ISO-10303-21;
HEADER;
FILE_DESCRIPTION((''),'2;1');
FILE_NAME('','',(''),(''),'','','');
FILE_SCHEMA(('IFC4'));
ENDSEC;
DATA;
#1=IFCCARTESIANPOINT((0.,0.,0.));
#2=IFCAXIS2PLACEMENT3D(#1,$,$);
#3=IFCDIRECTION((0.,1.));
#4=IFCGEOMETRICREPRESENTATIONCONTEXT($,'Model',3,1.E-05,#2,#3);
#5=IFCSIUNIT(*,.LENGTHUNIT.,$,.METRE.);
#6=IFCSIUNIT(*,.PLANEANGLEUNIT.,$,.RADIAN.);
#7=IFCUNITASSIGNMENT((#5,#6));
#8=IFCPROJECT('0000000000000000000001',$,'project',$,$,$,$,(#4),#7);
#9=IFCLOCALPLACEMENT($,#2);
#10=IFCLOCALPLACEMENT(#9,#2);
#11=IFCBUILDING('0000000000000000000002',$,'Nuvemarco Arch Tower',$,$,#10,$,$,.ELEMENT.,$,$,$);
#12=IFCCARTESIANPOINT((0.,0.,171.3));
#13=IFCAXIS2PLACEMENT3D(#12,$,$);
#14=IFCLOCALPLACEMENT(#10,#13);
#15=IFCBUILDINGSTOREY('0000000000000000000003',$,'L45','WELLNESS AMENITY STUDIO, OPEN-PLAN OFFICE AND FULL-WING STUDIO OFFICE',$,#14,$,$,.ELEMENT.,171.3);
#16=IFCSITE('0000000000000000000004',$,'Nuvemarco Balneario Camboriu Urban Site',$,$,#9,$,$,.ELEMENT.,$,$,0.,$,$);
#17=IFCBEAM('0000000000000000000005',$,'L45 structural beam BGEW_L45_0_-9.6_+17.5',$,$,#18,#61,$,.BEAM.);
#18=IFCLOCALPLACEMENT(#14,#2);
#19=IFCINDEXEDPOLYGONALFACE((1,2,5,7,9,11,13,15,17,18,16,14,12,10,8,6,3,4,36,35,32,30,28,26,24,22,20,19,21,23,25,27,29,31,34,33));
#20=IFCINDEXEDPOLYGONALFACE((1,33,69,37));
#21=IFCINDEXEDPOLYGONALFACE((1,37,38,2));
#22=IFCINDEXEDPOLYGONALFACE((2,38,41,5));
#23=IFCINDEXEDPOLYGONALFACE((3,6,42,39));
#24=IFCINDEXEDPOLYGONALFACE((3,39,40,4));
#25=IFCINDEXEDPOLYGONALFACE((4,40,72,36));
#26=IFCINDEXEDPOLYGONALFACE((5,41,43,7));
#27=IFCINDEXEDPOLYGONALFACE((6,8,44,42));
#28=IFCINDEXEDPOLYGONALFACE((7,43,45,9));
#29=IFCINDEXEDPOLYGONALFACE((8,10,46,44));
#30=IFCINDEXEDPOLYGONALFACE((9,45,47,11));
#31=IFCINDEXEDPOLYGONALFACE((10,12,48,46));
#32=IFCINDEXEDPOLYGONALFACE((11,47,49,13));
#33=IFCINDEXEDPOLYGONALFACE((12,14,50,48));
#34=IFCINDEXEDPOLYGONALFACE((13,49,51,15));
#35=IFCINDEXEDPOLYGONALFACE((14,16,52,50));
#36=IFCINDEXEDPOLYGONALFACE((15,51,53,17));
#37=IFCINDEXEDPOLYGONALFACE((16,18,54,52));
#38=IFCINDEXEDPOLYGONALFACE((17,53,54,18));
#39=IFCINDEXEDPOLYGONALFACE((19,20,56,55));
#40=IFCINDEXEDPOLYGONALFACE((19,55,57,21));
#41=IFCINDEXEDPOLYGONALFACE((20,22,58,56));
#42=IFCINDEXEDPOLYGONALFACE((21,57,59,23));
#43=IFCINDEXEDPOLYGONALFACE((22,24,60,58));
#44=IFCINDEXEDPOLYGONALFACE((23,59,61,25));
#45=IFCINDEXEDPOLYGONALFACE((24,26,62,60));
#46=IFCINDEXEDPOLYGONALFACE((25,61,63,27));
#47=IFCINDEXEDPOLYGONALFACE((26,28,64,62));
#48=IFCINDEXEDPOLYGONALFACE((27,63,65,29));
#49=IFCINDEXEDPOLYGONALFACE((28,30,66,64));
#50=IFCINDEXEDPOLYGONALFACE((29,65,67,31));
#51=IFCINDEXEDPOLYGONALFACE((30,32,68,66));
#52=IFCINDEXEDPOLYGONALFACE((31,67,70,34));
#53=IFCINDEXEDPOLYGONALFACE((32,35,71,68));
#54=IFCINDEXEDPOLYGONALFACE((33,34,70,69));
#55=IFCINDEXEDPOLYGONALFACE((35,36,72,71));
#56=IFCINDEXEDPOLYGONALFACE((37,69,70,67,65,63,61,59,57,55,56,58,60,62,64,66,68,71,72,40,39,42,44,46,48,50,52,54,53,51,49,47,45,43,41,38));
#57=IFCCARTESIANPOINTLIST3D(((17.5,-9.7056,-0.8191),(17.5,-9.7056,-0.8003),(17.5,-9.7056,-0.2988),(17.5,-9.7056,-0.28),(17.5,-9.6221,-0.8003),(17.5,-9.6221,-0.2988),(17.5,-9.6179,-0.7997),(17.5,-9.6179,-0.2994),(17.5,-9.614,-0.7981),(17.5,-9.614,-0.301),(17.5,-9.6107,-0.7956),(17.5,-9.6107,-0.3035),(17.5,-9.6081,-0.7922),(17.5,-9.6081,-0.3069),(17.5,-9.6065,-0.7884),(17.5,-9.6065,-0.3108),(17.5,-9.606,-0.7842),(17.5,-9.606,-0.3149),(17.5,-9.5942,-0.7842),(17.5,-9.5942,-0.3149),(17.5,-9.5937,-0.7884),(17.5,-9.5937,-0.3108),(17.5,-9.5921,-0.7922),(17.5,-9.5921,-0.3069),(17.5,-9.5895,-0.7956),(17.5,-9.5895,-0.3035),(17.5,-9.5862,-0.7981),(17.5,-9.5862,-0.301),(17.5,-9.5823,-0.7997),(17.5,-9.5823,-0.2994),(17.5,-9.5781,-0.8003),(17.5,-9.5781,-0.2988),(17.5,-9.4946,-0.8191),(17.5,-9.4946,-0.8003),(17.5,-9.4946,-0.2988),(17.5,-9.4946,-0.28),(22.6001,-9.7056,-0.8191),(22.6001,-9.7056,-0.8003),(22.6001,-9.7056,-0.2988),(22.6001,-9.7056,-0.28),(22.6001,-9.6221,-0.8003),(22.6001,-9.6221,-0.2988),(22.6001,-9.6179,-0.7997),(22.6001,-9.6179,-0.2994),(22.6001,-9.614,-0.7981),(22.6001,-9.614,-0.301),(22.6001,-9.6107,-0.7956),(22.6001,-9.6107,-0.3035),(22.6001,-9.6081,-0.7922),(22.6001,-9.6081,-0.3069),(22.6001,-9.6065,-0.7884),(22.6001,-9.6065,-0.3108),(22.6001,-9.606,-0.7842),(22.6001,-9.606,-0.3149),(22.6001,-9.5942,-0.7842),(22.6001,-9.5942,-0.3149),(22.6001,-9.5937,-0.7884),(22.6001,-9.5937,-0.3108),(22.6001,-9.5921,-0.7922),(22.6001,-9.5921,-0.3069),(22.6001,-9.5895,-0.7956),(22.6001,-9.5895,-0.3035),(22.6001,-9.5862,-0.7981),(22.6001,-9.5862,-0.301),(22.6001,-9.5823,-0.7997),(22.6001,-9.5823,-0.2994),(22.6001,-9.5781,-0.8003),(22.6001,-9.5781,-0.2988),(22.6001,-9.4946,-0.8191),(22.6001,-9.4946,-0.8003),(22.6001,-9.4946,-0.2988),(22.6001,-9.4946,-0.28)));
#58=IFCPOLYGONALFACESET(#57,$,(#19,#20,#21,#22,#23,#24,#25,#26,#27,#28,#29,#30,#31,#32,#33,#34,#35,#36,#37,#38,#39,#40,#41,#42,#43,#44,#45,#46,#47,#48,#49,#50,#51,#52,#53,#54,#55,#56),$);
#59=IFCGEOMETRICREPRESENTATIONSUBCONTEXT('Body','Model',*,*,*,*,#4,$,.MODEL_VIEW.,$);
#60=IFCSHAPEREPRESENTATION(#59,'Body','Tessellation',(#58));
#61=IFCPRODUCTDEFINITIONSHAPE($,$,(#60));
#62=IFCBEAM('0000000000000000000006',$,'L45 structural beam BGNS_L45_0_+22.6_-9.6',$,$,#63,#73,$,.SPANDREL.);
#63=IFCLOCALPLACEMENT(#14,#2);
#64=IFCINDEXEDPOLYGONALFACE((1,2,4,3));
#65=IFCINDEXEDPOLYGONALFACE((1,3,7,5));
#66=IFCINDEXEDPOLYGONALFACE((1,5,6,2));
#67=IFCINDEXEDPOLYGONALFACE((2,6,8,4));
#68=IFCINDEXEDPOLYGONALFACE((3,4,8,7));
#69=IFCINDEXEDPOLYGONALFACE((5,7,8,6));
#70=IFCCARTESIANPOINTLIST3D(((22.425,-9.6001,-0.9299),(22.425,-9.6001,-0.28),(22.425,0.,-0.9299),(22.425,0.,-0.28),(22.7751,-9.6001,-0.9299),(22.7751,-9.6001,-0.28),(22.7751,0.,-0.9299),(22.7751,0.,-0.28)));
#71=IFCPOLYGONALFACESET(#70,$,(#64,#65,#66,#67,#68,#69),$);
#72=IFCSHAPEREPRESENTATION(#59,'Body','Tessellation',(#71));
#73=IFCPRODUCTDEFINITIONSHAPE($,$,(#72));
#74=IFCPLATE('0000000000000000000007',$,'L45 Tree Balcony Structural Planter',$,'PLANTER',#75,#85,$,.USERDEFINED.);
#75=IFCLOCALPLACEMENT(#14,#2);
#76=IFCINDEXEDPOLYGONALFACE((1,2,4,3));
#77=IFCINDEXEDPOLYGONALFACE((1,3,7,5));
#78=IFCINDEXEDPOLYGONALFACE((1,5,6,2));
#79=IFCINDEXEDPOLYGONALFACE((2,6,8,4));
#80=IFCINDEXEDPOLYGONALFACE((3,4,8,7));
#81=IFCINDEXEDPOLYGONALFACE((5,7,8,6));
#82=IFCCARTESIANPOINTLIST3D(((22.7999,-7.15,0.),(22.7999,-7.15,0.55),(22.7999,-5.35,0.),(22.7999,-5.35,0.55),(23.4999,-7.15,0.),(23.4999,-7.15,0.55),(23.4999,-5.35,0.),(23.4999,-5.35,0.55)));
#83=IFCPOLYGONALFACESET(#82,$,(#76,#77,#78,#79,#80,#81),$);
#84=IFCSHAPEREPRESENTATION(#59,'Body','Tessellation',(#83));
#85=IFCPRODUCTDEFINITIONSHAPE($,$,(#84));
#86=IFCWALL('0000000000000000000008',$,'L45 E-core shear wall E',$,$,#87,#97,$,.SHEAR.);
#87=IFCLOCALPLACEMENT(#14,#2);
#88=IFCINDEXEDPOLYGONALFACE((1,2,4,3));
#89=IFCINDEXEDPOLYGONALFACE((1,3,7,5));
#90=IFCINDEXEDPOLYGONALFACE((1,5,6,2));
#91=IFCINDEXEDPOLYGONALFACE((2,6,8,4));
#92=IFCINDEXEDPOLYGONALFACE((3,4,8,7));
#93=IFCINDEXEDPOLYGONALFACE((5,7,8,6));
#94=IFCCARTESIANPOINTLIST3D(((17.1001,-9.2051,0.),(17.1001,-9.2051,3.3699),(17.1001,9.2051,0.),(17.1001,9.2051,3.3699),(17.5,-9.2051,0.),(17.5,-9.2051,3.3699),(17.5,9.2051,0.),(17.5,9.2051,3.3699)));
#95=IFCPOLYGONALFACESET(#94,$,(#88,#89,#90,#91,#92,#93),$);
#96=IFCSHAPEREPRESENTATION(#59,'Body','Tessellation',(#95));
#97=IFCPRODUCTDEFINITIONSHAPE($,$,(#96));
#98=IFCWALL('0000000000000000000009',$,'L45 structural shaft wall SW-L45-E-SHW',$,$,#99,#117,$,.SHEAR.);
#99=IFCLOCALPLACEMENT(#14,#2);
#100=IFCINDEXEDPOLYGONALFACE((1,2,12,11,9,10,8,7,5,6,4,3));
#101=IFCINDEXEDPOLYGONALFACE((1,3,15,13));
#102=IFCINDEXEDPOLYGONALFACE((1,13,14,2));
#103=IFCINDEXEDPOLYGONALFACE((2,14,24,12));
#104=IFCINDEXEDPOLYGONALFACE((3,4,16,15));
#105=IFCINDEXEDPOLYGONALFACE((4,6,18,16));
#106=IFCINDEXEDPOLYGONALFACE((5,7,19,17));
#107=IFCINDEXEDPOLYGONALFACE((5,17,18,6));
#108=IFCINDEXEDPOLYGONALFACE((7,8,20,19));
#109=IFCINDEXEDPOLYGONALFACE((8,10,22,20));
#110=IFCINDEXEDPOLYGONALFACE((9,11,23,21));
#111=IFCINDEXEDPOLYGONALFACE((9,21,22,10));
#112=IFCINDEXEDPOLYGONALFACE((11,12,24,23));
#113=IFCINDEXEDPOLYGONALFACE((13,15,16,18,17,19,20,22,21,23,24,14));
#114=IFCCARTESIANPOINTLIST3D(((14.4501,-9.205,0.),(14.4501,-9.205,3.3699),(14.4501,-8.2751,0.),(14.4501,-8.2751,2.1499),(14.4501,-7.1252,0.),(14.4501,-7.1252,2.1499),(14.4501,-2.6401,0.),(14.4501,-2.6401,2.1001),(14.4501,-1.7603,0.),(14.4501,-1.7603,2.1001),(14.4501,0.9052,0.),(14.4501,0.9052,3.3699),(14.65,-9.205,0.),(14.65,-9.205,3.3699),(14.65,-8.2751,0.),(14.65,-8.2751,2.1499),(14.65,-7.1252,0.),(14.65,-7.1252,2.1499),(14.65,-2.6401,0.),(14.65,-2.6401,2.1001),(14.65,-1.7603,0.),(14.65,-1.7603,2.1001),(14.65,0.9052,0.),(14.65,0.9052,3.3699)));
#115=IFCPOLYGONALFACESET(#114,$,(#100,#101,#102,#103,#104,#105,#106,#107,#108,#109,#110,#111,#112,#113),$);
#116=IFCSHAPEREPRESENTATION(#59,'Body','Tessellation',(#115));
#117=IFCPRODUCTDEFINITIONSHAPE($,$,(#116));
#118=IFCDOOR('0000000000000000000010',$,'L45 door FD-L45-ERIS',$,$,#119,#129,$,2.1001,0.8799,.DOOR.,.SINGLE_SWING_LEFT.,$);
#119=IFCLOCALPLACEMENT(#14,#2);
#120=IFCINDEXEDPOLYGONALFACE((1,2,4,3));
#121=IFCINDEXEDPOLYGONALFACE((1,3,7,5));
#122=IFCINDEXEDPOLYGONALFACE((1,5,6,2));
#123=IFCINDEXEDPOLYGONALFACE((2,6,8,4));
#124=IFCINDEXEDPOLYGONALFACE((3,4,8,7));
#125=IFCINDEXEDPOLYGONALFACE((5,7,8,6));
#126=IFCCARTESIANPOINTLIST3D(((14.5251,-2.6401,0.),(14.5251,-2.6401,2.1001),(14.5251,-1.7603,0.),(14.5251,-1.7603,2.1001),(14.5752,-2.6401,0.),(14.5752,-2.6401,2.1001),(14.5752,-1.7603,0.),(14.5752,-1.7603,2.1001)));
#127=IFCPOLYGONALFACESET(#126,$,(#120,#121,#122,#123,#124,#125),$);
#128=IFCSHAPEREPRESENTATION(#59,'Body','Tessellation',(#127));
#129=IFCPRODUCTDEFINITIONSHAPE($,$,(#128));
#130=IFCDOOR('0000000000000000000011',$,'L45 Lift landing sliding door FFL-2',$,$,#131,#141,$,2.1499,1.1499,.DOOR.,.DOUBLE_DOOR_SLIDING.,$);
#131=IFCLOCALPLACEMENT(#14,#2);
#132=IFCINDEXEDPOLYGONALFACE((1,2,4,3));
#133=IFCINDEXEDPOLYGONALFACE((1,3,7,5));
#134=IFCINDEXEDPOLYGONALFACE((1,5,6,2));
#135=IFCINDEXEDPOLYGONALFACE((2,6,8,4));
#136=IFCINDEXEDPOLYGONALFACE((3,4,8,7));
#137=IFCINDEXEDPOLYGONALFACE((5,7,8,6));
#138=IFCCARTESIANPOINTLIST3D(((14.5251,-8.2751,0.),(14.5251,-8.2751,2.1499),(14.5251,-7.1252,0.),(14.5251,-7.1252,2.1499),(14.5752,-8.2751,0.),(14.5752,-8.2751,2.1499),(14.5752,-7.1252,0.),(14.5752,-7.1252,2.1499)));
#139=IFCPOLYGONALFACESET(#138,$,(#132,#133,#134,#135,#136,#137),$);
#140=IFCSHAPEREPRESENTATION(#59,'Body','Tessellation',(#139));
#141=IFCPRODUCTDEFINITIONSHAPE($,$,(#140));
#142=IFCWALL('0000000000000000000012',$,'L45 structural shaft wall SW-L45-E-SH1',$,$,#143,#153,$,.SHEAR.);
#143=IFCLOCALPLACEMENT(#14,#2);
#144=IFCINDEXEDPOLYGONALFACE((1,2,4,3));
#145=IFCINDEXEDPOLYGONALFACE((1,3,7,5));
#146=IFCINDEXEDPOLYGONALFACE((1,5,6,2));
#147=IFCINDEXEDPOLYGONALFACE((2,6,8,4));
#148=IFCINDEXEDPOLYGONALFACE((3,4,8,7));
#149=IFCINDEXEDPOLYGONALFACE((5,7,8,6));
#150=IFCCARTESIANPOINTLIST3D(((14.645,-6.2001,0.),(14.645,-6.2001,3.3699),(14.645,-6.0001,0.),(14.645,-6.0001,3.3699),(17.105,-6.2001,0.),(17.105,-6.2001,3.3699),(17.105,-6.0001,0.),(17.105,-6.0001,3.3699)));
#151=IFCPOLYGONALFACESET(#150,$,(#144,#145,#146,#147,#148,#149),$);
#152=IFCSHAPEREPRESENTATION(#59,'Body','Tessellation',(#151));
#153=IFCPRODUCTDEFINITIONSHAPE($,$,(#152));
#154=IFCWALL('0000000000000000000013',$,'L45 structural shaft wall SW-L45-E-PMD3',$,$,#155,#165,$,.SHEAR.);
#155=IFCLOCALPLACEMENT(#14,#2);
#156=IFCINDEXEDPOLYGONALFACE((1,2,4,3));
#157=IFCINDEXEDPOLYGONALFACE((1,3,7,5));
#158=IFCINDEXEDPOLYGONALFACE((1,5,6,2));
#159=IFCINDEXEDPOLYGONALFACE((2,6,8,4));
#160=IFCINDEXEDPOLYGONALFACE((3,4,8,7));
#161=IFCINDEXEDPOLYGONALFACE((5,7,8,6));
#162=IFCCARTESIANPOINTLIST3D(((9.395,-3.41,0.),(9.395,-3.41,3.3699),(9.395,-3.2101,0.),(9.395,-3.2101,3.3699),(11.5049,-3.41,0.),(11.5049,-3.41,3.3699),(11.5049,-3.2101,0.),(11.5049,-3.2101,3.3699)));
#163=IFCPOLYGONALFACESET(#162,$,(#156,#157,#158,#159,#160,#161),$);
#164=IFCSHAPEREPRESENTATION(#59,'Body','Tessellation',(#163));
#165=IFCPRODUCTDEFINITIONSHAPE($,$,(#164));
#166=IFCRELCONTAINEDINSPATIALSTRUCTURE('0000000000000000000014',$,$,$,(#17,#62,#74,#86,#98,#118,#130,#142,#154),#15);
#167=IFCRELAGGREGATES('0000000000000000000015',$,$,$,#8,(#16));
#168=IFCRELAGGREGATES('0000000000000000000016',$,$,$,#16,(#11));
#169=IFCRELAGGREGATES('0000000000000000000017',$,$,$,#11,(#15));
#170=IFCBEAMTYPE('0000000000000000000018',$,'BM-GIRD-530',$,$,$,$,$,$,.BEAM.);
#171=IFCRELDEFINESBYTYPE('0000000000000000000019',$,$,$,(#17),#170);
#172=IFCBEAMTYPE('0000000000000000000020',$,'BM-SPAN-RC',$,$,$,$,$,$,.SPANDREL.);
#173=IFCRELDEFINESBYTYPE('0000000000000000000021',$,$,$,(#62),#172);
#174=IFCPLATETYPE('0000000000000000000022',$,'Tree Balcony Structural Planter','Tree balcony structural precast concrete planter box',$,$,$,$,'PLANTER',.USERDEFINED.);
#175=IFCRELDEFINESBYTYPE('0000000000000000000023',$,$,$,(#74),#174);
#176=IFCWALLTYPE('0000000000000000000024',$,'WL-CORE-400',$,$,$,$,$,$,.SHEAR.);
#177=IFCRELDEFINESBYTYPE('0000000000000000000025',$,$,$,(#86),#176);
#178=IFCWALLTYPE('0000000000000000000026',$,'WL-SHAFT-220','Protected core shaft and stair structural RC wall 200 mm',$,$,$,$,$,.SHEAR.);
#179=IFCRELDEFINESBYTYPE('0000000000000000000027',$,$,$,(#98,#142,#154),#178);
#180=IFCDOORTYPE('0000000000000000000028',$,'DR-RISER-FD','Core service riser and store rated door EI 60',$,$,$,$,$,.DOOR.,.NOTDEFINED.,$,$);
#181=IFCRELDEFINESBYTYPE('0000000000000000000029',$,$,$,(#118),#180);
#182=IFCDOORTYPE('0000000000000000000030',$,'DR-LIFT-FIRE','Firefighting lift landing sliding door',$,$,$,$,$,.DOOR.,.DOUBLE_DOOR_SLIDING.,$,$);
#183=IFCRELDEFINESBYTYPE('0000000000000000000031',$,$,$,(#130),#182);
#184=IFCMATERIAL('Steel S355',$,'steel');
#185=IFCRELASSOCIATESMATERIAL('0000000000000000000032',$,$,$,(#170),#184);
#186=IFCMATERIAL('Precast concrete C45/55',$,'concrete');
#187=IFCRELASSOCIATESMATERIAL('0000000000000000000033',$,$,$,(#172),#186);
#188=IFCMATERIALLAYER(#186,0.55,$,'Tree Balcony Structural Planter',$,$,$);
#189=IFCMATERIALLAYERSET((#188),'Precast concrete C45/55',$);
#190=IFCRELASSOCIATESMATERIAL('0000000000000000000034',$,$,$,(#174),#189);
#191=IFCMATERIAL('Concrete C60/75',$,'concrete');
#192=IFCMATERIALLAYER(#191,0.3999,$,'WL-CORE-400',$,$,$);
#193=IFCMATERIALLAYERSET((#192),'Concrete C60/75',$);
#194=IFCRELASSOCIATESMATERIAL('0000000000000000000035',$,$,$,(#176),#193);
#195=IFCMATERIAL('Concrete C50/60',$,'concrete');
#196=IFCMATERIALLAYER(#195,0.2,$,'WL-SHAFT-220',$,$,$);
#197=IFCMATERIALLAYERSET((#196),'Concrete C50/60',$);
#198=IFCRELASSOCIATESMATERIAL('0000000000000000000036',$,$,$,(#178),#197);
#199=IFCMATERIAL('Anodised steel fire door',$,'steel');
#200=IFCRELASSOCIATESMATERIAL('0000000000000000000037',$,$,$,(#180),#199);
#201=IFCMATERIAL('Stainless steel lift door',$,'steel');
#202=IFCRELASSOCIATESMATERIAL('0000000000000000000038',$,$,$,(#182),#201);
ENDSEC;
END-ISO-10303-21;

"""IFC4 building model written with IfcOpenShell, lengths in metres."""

from ifc_helpers import new_model, si_unit, direction, frame, frame_2d, origin, origin_2d, place, context, subcontext, project, spatial, rectangle, i_section, extrude, source, transform, mapped, material, layer, layer_set, material_profile, profile_set, type_object, type_shapes, element, fill, save


model = new_model("IFC4")

# Units and contexts
model_context = context("Model", 3, precision=1e-05, world=origin(), true_north=direction((0.0, 1.0)))
body_context = subcontext(model_context, "Body", "Model", "MODEL_VIEW")
ifc_project = project(units=[si_unit("LENGTHUNIT", "METRE"), si_unit("PLANEANGLEUNIT", "RADIAN")], contexts=[model_context])

# Site, building, storey
site_placement = place(None, origin())
site = spatial("IfcSite", under=ifc_project, at=site_placement, Name="Nuvemarco Balneario Camboriu Urban Site", CompositionType="ELEMENT", RefElevation=0.0)
building_placement = place(site_placement, origin())
building = spatial("IfcBuilding", under=site, at=building_placement, Name="Nuvemarco Arch Tower", CompositionType="ELEMENT")
storey_placement = place(building_placement, frame((0.0, 0.0, 171.3)))
storey = spatial("IfcBuildingStorey", under=building, at=storey_placement, Name="L45", Description="WELLNESS AMENITY STUDIO, OPEN-PLAN OFFICE AND FULL-WING STUDIO OFFICE", CompositionType="ELEMENT", Elevation=171.3)

# Shared definitions
ifc_material_1 = material(Name="Concrete C50/60", Category="concrete")
ifc_material_2 = material(Name="Steel S355", Category="steel")

# Beams
ifc_material_profile_1 = material_profile(ifc_material_2, i_section(OverallWidth=0.2109, OverallDepth=0.5391, WebThickness=0.0117, FlangeThickness=0.0188, FilletRadius=0.0161, at=origin_2d()), Name="W530x109")
ifc_profile_set_1 = profile_set([ifc_material_profile_1], Name="Steel S355")
beam_type_1 = type_object("IfcBeamType", Name="BM-GIRD-530", PredefinedType="BEAM", material=ifc_profile_set_1)
beam_1_placement = place(storey_placement, frame((17.5, -9.6001, -0.5496), z_axis=(1.0, 0.0, 0.0), x_axis=(0.0, 1.0, 0.0)))
element("IfcBeam", 1, at=beam_1_placement, inside=storey, type_object=beam_type_1, Name="L45 structural beam BGEW_L45_0_-9.6_+17.5", PredefinedType="BEAM", context=body_context, shape_type="SweptSolid", body=[
    extrude(i_section(OverallWidth=0.2109, OverallDepth=0.5391, WebThickness=0.0117, FlangeThickness=0.0188, FilletRadius=0.0161, at=origin_2d()), origin(), (0.0, 0.0, 1.0), 5.1001),
])
ifc_material_3 = material(Name="Precast concrete C45/55", Category="concrete")
ifc_material_profile_2 = material_profile(ifc_material_3, rectangle(XDim=0.3501, YDim=0.6499, at=origin_2d()), Name="PC-SP-350x650")
ifc_profile_set_2 = profile_set([ifc_material_profile_2], Name="Precast concrete C45/55")
beam_type_2 = type_object("IfcBeamType", Name="BM-SPAN-RC", PredefinedType="SPANDREL", material=ifc_profile_set_2)
beam_2_placement = place(storey_placement, frame((22.6001, -9.6001, -0.605), z_axis=(0.0, 1.0, 0.0), x_axis=(-1.0, 0.0, 0.0)))
element("IfcBeam", 2, at=beam_2_placement, inside=storey, type_object=beam_type_2, Name="L45 structural beam BGNS_L45_0_+22.6_-9.6", PredefinedType="SPANDREL", context=body_context, shape_type="SweptSolid", body=[
    extrude(rectangle(XDim=0.3501, YDim=0.6499, at=origin_2d()), origin(), (0.0, 0.0, 1.0), 9.6001),
])

# Plate
ifc_layer_1 = layer(ifc_material_3, 0.55, Name="Tree Balcony Structural Planter")
ifc_layer_set_1 = layer_set([ifc_layer_1], Name="Precast concrete C45/55")
plate_type = type_object("IfcPlateType", Name="Tree Balcony Structural Planter", Description="Tree balcony structural precast concrete planter box", ElementType="PLANTER", PredefinedType="USERDEFINED", material=ifc_layer_set_1)
shared_shape_1 = source(origin(), body_context, "Body", "SweptSolid", [
    extrude(rectangle(XDim=1.8, YDim=0.7, at=origin_2d()), origin(), (0.0, 0.0, 1.0), 0.55),
])
type_shapes(plate_type, [shared_shape_1])
plate_placement = place(storey_placement, frame((23.1499, -6.25, 0.0), z_axis=(0.0, 0.0, 1.0), x_axis=(0.0, 1.0, 0.0)))
element("IfcPlate", 3, at=plate_placement, inside=storey, type_object=plate_type, Name="L45 Tree Balcony Structural Planter", ObjectType="PLANTER", PredefinedType="USERDEFINED", context=body_context, shape_type="MappedRepresentation", body=[
    mapped(shared_shape_1, transform((0.0, 0.0, 0.0), scale=1.0)),
])

# Wall
ifc_material_4 = material(Name="Concrete C60/75", Category="concrete")
ifc_layer_2 = layer(ifc_material_4, 0.3999, Name="WL-CORE-400")
ifc_layer_set_2 = layer_set([ifc_layer_2], Name="Concrete C60/75")
wall_type_1 = type_object("IfcWallType", Name="WL-CORE-400", PredefinedType="SHEAR", material=ifc_layer_set_2)
wall_1_placement = place(storey_placement, frame((17.3, -9.2051, 0.0), z_axis=(0.0, 0.0, 1.0), x_axis=(0.0, 1.0, 0.0)))
element("IfcWall", 4, at=wall_1_placement, inside=storey, type_object=wall_type_1, Name="L45 E-core shear wall E", PredefinedType="SHEAR", context=body_context, shape_type="SweptSolid", body=[
    extrude(rectangle(XDim=18.4102, YDim=0.3999, at=frame_2d((9.2051, 0.0))), origin(), (0.0, 0.0, 1.0), 3.3699),
])

# Wall, openings, doors
ifc_layer_3 = layer(ifc_material_1, 0.2, Name="WL-SHAFT-220")
ifc_layer_set_3 = layer_set([ifc_layer_3], Name="Concrete C50/60")
wall_type_2 = type_object("IfcWallType", Name="WL-SHAFT-220", Description="Protected core shaft and stair structural RC wall 200 mm", PredefinedType="SHEAR", material=ifc_layer_set_3)
wall_2_placement = place(storey_placement, frame((14.55, -9.2051, 0.0), z_axis=(0.0, 0.0, 1.0), x_axis=(0.0, 1.0, 0.0)))
wall_2 = element("IfcWall", 5, at=wall_2_placement, inside=storey, type_object=wall_type_2, Name="L45 structural shaft wall SW-L45-E-SHW", PredefinedType="SHEAR", context=body_context, shape_type="SweptSolid", body=[
    extrude(rectangle(XDim=10.1101, YDim=0.2, at=frame_2d((5.0552, 0.0))), origin(), (0.0, 0.0, 1.0), 3.3699),
])
opening_1_placement = place(wall_2_placement, frame((6.5649, 0.0, 0.0)))
opening_1 = element("IfcOpeningElement", 6, at=opening_1_placement, cuts=wall_2, PredefinedType="OPENING", context=body_context, shape_type="SweptSolid", body=[
    extrude(rectangle(XDim=0.8799, YDim=2.1001, at=frame_2d((0.4399, 1.05))), frame((0.0, 0.1099, 0.0), z_axis=(0.0, -1.0, 0.0), x_axis=(1.0, 0.0, 0.0)), (0.0, 0.0, 1.0), 0.22),
])
opening_2_placement = place(wall_2_placement, frame((0.9299, 0.0, 0.0)))
opening_2 = element("IfcOpeningElement", 7, at=opening_2_placement, cuts=wall_2, PredefinedType="OPENING", context=body_context, shape_type="SweptSolid", body=[
    extrude(rectangle(XDim=1.1499, YDim=2.1499, at=frame_2d((0.575, 1.075))), frame((0.0, 0.1099, 0.0), z_axis=(0.0, -1.0, 0.0), x_axis=(1.0, 0.0, 0.0)), (0.0, 0.0, 1.0), 0.22),
])
ifc_material_5 = material(Name="Anodised steel fire door", Category="steel")
door_type_1 = type_object("IfcDoorType", Name="DR-RISER-FD", Description="Core service riser and store rated door EI 60", OperationType="NOTDEFINED", PredefinedType="DOOR", material=ifc_material_5)
shared_shape_2 = source(origin(), body_context, "Body", "SweptSolid", [
    extrude(rectangle(XDim=0.8799, YDim=2.1001, at=frame_2d((0.4399, 1.05))), frame((0.0, 0.0249, 0.0), z_axis=(0.0, -1.0, 0.0), x_axis=(1.0, 0.0, 0.0)), (0.0, 0.0, 1.0), 0.05),
])
type_shapes(door_type_1, [shared_shape_2])
door_1_placement = place(opening_1_placement, origin())
door_1 = element("IfcDoor", 8, at=door_1_placement, inside=storey, type_object=door_type_1, Name="L45 door FD-L45-ERIS", OperationType="SINGLE_SWING_LEFT", OverallHeight=2.1001, OverallWidth=0.8799, PredefinedType="DOOR", context=body_context, shape_type="MappedRepresentation", body=[
    mapped(shared_shape_2, transform((0.0, 0.0, 0.0), scale=1.0)),
])
fill(opening_1, door_1)
ifc_material_6 = material(Name="Stainless steel lift door", Category="steel")
door_type_2 = type_object("IfcDoorType", Name="DR-LIFT-FIRE", Description="Firefighting lift landing sliding door", OperationType="DOUBLE_DOOR_SLIDING", PredefinedType="DOOR", material=ifc_material_6)
shared_shape_3 = source(origin(), body_context, "Body", "SweptSolid", [
    extrude(rectangle(XDim=1.1499, YDim=2.1499, at=frame_2d((0.575, 1.075))), frame((0.0, 0.0249, 0.0), z_axis=(0.0, -1.0, 0.0), x_axis=(1.0, 0.0, 0.0)), (0.0, 0.0, 1.0), 0.05),
])
type_shapes(door_type_2, [shared_shape_3])
door_2_placement = place(opening_2_placement, origin())
door_2 = element("IfcDoor", 9, at=door_2_placement, inside=storey, type_object=door_type_2, Name="L45 Lift landing sliding door FFL-2", OperationType="DOUBLE_DOOR_SLIDING", OverallHeight=2.1499, OverallWidth=1.1499, PredefinedType="DOOR", context=body_context, shape_type="MappedRepresentation", body=[
    mapped(shared_shape_3, transform((0.0, 0.0, 0.0), scale=1.0)),
])
fill(opening_2, door_2)

# Wall
wall_3_placement = place(storey_placement, frame((14.645, -6.1001, 0.0), z_axis=(0.0, 0.0, 1.0), x_axis=(1.0, 0.0, 0.0)))
element("IfcWall", 10, at=wall_3_placement, inside=storey, type_object=wall_type_2, Name="L45 structural shaft wall SW-L45-E-SH1", PredefinedType="SHEAR", context=body_context, shape_type="SweptSolid", body=[
    extrude(rectangle(XDim=2.46, YDim=0.2, at=frame_2d((1.23, 0.0))), origin(), (0.0, 0.0, 1.0), 3.3699),
])

# Wall
for number, where, z_axis, x_axis, name in (
    (11, (9.395, -3.3101, 0.0), (0.0, 0.0, 1.0), (1.0, 0.0, 0.0), "L45 structural shaft wall SW-L45-E-PMD3"),
):
    element("IfcWall", number, at=place(storey_placement, frame(where, z_axis=z_axis, x_axis=x_axis)), inside=storey, type_object=wall_type_2, Name=name, PredefinedType="SHEAR", context=body_context, shape_type="SweptSolid", body=[
        extrude(rectangle(XDim=2.1099, YDim=0.2, at=frame_2d((1.0549, 0.0))), origin(), (0.0, 0.0, 1.0), 3.3699),
    ])

save(model, "model.ifc")
